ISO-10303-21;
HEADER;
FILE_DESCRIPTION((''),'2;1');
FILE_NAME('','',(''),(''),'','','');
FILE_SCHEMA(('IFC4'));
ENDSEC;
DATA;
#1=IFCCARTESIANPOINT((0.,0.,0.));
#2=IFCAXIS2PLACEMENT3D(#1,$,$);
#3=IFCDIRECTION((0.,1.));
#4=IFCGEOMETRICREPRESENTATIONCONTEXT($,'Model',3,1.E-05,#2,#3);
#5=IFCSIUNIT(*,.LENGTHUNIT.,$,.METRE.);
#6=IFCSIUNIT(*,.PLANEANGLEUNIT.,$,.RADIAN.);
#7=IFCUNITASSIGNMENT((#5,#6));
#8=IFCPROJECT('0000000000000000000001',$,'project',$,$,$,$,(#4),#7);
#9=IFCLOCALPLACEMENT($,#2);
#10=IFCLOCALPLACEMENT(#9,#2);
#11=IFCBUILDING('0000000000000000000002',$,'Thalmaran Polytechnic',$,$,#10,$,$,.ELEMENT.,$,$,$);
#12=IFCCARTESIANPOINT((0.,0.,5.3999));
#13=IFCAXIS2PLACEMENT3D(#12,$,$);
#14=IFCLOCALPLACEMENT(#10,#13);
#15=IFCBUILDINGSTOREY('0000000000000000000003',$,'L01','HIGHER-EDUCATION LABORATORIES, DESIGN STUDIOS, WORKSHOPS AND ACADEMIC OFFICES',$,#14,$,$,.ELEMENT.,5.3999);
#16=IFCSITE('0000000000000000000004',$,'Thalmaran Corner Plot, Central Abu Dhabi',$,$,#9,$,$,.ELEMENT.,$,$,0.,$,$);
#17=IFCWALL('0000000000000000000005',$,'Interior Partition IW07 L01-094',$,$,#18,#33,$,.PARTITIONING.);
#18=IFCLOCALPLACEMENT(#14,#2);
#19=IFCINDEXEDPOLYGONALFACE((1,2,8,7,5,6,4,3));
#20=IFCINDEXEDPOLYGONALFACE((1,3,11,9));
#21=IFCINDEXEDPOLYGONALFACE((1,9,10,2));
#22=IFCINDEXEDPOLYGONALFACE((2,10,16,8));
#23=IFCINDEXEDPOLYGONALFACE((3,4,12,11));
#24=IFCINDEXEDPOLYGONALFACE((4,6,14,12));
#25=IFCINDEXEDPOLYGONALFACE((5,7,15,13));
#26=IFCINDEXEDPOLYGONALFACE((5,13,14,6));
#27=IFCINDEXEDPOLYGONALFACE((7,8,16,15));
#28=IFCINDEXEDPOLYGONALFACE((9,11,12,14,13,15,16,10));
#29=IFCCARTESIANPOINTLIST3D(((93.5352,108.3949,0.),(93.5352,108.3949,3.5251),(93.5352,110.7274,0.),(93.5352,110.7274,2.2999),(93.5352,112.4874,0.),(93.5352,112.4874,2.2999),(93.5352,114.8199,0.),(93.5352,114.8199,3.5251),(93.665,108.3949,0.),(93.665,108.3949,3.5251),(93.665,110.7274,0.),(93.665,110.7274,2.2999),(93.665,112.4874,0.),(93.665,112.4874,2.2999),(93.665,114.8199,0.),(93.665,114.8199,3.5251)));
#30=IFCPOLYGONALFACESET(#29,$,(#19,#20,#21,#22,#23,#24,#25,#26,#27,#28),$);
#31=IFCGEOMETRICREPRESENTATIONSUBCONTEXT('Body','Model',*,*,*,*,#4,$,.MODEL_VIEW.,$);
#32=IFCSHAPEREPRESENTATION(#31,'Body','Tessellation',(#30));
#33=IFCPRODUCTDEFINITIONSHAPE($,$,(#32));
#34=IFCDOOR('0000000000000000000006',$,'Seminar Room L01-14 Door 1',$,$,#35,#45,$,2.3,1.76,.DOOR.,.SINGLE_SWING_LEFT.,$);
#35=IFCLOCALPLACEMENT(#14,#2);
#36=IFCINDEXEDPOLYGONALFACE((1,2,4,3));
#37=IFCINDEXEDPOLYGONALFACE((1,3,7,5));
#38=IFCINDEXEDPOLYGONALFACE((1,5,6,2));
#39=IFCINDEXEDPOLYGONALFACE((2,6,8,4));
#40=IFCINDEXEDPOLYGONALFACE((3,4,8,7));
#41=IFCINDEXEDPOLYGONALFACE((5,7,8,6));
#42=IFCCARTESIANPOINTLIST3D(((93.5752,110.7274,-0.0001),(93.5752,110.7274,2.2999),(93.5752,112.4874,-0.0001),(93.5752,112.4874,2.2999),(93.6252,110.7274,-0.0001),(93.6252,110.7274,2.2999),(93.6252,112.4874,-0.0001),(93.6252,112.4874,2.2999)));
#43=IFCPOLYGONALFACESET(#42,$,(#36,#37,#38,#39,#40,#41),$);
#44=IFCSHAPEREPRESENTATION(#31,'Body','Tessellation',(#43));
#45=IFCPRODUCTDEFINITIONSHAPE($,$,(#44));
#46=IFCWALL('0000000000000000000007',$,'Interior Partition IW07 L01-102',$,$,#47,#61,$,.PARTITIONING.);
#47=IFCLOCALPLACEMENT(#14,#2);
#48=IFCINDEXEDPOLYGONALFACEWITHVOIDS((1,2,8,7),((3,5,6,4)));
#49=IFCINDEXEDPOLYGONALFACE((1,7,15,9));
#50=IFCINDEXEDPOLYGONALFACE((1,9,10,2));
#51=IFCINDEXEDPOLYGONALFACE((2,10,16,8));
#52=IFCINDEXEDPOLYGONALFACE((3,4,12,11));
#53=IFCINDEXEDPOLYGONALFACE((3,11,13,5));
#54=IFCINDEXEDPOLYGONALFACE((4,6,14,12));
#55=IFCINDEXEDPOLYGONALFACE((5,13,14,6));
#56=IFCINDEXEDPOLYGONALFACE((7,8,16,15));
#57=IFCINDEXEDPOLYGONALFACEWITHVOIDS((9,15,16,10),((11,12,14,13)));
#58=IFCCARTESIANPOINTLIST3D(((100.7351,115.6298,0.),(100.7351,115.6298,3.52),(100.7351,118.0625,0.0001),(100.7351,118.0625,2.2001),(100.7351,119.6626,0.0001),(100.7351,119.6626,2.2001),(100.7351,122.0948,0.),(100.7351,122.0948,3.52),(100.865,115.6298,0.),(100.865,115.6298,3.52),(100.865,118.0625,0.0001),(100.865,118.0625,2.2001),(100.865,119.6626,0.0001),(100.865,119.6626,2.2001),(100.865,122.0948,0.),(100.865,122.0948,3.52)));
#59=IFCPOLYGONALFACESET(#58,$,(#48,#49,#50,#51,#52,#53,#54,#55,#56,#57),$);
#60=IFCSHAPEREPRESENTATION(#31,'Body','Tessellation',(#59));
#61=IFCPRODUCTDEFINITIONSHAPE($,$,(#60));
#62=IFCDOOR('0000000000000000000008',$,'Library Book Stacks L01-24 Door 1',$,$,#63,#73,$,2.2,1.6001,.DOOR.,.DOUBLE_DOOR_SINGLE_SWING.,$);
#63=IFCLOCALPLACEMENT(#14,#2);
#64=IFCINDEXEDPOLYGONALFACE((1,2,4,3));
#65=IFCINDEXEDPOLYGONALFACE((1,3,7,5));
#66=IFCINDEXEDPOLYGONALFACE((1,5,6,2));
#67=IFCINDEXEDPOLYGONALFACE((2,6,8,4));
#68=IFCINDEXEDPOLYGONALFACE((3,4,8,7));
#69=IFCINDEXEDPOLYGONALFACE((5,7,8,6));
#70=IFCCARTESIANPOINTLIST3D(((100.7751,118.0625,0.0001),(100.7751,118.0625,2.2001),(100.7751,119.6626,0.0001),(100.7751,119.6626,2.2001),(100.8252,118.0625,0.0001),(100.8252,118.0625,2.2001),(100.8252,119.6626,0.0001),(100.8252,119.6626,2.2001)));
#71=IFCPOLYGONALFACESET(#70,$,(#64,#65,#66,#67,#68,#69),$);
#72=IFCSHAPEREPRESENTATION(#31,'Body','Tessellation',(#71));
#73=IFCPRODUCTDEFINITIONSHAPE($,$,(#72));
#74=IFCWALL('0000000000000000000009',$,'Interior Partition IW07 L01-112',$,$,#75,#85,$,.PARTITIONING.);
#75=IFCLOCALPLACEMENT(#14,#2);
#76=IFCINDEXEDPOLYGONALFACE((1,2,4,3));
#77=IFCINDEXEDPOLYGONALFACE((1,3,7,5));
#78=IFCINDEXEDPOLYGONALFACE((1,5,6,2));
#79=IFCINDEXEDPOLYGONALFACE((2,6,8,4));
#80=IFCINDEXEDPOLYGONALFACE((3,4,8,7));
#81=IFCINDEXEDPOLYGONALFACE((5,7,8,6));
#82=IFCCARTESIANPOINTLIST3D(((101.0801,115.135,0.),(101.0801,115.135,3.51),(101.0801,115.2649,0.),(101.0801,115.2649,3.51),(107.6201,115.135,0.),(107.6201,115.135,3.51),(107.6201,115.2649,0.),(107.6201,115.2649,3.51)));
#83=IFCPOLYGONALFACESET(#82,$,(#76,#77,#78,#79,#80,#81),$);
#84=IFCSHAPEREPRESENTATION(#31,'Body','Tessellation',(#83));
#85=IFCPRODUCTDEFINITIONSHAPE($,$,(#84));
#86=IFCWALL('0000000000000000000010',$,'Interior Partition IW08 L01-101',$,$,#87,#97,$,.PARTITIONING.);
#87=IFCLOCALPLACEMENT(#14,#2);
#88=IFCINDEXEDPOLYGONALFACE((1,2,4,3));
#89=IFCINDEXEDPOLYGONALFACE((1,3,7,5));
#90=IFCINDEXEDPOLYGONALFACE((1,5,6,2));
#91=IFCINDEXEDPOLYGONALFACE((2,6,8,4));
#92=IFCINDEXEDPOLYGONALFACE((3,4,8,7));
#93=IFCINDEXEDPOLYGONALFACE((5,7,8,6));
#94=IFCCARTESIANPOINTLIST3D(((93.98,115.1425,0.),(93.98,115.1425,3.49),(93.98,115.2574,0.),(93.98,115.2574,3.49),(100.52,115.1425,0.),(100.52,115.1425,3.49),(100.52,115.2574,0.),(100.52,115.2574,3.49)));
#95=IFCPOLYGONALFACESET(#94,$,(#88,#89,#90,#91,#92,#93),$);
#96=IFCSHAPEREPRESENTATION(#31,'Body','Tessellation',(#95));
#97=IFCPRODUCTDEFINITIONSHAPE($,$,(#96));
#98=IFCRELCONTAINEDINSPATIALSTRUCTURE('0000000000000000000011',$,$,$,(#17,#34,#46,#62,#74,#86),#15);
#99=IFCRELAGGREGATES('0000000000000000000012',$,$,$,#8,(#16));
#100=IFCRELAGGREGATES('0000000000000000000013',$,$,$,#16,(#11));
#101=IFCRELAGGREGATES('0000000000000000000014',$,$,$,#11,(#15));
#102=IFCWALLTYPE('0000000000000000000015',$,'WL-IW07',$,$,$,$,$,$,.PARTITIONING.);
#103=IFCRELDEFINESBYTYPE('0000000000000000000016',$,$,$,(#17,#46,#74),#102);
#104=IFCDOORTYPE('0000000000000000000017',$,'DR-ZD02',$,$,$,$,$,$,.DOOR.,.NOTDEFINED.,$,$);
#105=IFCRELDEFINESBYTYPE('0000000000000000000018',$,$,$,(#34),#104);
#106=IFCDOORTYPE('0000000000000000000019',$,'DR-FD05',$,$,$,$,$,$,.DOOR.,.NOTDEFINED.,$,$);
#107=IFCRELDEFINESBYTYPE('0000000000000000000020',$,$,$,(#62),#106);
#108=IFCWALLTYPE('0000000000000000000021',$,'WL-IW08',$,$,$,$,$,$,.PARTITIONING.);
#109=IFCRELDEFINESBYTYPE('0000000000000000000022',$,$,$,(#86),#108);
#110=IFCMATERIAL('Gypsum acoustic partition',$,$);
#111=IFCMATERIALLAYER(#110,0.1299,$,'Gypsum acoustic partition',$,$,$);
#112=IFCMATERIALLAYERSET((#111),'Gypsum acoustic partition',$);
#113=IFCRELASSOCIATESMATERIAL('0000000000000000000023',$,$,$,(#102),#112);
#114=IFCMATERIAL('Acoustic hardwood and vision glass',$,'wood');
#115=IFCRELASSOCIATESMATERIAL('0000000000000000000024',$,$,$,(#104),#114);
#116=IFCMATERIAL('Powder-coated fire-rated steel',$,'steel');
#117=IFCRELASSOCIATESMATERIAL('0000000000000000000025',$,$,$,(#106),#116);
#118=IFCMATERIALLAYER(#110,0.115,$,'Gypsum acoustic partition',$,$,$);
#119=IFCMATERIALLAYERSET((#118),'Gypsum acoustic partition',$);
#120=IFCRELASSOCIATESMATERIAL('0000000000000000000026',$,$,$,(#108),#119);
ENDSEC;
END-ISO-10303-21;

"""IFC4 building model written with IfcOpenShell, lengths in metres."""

from ifc_helpers import new_model, si_unit, direction, frame, frame_2d, origin, place, context, subcontext, project, spatial, rectangle, extrude, material, layer, layer_set, type_object, element, fill, save


model = new_model("IFC4")

# Units and contexts
model_context = context("Model", 3, precision=1e-05, world=origin(), true_north=direction((0.0, 1.0)))
body_context = subcontext(model_context, "Body", "Model", "MODEL_VIEW")
ifc_project = project(units=[si_unit("LENGTHUNIT", "METRE"), si_unit("PLANEANGLEUNIT", "RADIAN")], contexts=[model_context])

# Site, building, storey
site_placement = place(None, origin())
site = spatial("IfcSite", under=ifc_project, at=site_placement, Name="Thalmaran Corner Plot, Central Abu Dhabi", CompositionType="ELEMENT", RefElevation=0.0)
building_placement = place(site_placement, origin())
building = spatial("IfcBuilding", under=site, at=building_placement, Name="Thalmaran Polytechnic", CompositionType="ELEMENT")
storey_placement = place(building_placement, frame((0.0, 0.0, 5.3999)))
storey = spatial("IfcBuildingStorey", under=building, at=storey_placement, Name="L01", Description="HIGHER-EDUCATION LABORATORIES, DESIGN STUDIOS, WORKSHOPS AND ACADEMIC OFFICES", CompositionType="ELEMENT", Elevation=5.3999)

# Walls, openings, doors
ifc_material_1 = material(Name="Gypsum acoustic partition")
ifc_layer_1 = layer(ifc_material_1, 0.1299, Name="Gypsum acoustic partition")
ifc_layer_set_1 = layer_set([ifc_layer_1], Name="Gypsum acoustic partition")
wall_type_1 = type_object("IfcWallType", Name="WL-IW07", PredefinedType="PARTITIONING", material=ifc_layer_set_1)
wall_1_placement = place(storey_placement, frame((93.6001, 108.395, 0.0), z_axis=(0.0, 0.0, 1.0), x_axis=(0.0, 1.0, 0.0)))
wall_1 = element("IfcWall", 1, at=wall_1_placement, inside=storey, type_object=wall_type_1, Name="Interior Partition IW07 L01-094", PredefinedType="PARTITIONING", context=body_context, shape_type="SweptSolid", body=[
    extrude(rectangle(XDim=6.425, YDim=0.1299, at=frame_2d((3.2124, 0.0))), origin(), (0.0, 0.0, 1.0), 3.5251),
])
opening_1_placement = place(wall_1_placement, frame((2.3325, 0.0, 0.0)))
opening_1 = element("IfcOpeningElement", 2, at=opening_1_placement, cuts=wall_1, PredefinedType="OPENING", context=body_context, shape_type="SweptSolid", body=[
    extrude(rectangle(XDim=1.76, YDim=2.3, at=frame_2d((0.8799, 1.1499))), frame((0.0, 0.075, 0.0), z_axis=(0.0, -1.0, 0.0), x_axis=(1.0, 0.0, 0.0)), (0.0, 0.0, 1.0), 0.1499),
])
ifc_material_2 = material(Name="Acoustic hardwood and vision glass", Category="wood")
door_type_1 = type_object("IfcDoorType", Name="DR-ZD02", OperationType="NOTDEFINED", PredefinedType="DOOR", material=ifc_material_2)
door_1_placement = place(opening_1_placement, origin())
door_1 = element("IfcDoor", 3, at=door_1_placement, inside=storey, type_object=door_type_1, Name="Seminar Room L01-14 Door 1", OperationType="SINGLE_SWING_LEFT", OverallHeight=2.3, OverallWidth=1.76, PredefinedType="DOOR", context=body_context, shape_type="SweptSolid", body=[
    extrude(rectangle(XDim=1.76, YDim=2.3, at=frame_2d((0.8799, 1.1499))), frame((0.0, 0.0249, 0.0), z_axis=(0.0, -1.0, 0.0), x_axis=(1.0, 0.0, 0.0)), (0.0, 0.0, 1.0), 0.05),
])
fill(opening_1, door_1)
wall_2_placement = place(storey_placement, frame((100.8, 115.6299, 0.0), z_axis=(0.0, 0.0, 1.0), x_axis=(0.0, 1.0, 0.0)))
wall_2 = element("IfcWall", 4, at=wall_2_placement, inside=storey, type_object=wall_type_1, Name="Interior Partition IW07 L01-102", PredefinedType="PARTITIONING", context=body_context, shape_type="SweptSolid", body=[
    extrude(rectangle(XDim=6.4651, YDim=0.1299, at=frame_2d((3.2324, 0.0))), origin(), (0.0, 0.0, 1.0), 3.52),
])
opening_2_placement = place(wall_2_placement, frame((2.4326, 0.0, 0.0)))
opening_2 = element("IfcOpeningElement", 5, at=opening_2_placement, cuts=wall_2, PredefinedType="OPENING", context=body_context, shape_type="SweptSolid", body=[
    extrude(rectangle(XDim=1.6001, YDim=2.2, at=frame_2d((0.8, 1.1001))), frame((0.0, 0.075, 0.0), z_axis=(0.0, -1.0, 0.0), x_axis=(1.0, 0.0, 0.0)), (0.0, 0.0, 1.0), 0.1499),
])
ifc_material_3 = material(Name="Powder-coated fire-rated steel", Category="steel")
door_type_2 = type_object("IfcDoorType", Name="DR-FD05", OperationType="NOTDEFINED", PredefinedType="DOOR", material=ifc_material_3)
door_2_placement = place(opening_2_placement, origin())
door_2 = element("IfcDoor", 6, at=door_2_placement, inside=storey, type_object=door_type_2, Name="Library Book Stacks L01-24 Door 1", OperationType="DOUBLE_DOOR_SINGLE_SWING", OverallHeight=2.2, OverallWidth=1.6001, PredefinedType="DOOR", context=body_context, shape_type="SweptSolid", body=[
    extrude(rectangle(XDim=1.6001, YDim=2.2, at=frame_2d((0.8, 1.1001))), frame((0.0, 0.0249, 0.0), z_axis=(0.0, -1.0, 0.0), x_axis=(1.0, 0.0, 0.0)), (0.0, 0.0, 1.0), 0.05),
])
fill(opening_2, door_2)

# Walls
wall_3_placement = place(storey_placement, frame((101.0801, 115.2, 0.0), z_axis=(0.0, 0.0, 1.0), x_axis=(1.0, 0.0, 0.0)))
element("IfcWall", 7, at=wall_3_placement, inside=storey, type_object=wall_type_1, Name="Interior Partition IW07 L01-112", PredefinedType="PARTITIONING", context=body_context, shape_type="SweptSolid", body=[
    extrude(rectangle(XDim=6.54, YDim=0.1299, at=frame_2d((3.27, 0.0))), origin(), (0.0, 0.0, 1.0), 3.51),
])
ifc_layer_2 = layer(ifc_material_1, 0.115, Name="Gypsum acoustic partition")
ifc_layer_set_2 = layer_set([ifc_layer_2], Name="Gypsum acoustic partition")
wall_type_2 = type_object("IfcWallType", Name="WL-IW08", PredefinedType="PARTITIONING", material=ifc_layer_set_2)
wall_4_placement = place(storey_placement, frame((93.98, 115.2, 0.0), z_axis=(0.0, 0.0, 1.0), x_axis=(1.0, 0.0, 0.0)))
element("IfcWall", 8, at=wall_4_placement, inside=storey, type_object=wall_type_2, Name="Interior Partition IW08 L01-101", PredefinedType="PARTITIONING", context=body_context, shape_type="SweptSolid", body=[
    extrude(rectangle(XDim=6.54, YDim=0.115, at=frame_2d((3.27, 0.0))), origin(), (0.0, 0.0, 1.0), 3.49),
])

save(model, "model.ifc")
